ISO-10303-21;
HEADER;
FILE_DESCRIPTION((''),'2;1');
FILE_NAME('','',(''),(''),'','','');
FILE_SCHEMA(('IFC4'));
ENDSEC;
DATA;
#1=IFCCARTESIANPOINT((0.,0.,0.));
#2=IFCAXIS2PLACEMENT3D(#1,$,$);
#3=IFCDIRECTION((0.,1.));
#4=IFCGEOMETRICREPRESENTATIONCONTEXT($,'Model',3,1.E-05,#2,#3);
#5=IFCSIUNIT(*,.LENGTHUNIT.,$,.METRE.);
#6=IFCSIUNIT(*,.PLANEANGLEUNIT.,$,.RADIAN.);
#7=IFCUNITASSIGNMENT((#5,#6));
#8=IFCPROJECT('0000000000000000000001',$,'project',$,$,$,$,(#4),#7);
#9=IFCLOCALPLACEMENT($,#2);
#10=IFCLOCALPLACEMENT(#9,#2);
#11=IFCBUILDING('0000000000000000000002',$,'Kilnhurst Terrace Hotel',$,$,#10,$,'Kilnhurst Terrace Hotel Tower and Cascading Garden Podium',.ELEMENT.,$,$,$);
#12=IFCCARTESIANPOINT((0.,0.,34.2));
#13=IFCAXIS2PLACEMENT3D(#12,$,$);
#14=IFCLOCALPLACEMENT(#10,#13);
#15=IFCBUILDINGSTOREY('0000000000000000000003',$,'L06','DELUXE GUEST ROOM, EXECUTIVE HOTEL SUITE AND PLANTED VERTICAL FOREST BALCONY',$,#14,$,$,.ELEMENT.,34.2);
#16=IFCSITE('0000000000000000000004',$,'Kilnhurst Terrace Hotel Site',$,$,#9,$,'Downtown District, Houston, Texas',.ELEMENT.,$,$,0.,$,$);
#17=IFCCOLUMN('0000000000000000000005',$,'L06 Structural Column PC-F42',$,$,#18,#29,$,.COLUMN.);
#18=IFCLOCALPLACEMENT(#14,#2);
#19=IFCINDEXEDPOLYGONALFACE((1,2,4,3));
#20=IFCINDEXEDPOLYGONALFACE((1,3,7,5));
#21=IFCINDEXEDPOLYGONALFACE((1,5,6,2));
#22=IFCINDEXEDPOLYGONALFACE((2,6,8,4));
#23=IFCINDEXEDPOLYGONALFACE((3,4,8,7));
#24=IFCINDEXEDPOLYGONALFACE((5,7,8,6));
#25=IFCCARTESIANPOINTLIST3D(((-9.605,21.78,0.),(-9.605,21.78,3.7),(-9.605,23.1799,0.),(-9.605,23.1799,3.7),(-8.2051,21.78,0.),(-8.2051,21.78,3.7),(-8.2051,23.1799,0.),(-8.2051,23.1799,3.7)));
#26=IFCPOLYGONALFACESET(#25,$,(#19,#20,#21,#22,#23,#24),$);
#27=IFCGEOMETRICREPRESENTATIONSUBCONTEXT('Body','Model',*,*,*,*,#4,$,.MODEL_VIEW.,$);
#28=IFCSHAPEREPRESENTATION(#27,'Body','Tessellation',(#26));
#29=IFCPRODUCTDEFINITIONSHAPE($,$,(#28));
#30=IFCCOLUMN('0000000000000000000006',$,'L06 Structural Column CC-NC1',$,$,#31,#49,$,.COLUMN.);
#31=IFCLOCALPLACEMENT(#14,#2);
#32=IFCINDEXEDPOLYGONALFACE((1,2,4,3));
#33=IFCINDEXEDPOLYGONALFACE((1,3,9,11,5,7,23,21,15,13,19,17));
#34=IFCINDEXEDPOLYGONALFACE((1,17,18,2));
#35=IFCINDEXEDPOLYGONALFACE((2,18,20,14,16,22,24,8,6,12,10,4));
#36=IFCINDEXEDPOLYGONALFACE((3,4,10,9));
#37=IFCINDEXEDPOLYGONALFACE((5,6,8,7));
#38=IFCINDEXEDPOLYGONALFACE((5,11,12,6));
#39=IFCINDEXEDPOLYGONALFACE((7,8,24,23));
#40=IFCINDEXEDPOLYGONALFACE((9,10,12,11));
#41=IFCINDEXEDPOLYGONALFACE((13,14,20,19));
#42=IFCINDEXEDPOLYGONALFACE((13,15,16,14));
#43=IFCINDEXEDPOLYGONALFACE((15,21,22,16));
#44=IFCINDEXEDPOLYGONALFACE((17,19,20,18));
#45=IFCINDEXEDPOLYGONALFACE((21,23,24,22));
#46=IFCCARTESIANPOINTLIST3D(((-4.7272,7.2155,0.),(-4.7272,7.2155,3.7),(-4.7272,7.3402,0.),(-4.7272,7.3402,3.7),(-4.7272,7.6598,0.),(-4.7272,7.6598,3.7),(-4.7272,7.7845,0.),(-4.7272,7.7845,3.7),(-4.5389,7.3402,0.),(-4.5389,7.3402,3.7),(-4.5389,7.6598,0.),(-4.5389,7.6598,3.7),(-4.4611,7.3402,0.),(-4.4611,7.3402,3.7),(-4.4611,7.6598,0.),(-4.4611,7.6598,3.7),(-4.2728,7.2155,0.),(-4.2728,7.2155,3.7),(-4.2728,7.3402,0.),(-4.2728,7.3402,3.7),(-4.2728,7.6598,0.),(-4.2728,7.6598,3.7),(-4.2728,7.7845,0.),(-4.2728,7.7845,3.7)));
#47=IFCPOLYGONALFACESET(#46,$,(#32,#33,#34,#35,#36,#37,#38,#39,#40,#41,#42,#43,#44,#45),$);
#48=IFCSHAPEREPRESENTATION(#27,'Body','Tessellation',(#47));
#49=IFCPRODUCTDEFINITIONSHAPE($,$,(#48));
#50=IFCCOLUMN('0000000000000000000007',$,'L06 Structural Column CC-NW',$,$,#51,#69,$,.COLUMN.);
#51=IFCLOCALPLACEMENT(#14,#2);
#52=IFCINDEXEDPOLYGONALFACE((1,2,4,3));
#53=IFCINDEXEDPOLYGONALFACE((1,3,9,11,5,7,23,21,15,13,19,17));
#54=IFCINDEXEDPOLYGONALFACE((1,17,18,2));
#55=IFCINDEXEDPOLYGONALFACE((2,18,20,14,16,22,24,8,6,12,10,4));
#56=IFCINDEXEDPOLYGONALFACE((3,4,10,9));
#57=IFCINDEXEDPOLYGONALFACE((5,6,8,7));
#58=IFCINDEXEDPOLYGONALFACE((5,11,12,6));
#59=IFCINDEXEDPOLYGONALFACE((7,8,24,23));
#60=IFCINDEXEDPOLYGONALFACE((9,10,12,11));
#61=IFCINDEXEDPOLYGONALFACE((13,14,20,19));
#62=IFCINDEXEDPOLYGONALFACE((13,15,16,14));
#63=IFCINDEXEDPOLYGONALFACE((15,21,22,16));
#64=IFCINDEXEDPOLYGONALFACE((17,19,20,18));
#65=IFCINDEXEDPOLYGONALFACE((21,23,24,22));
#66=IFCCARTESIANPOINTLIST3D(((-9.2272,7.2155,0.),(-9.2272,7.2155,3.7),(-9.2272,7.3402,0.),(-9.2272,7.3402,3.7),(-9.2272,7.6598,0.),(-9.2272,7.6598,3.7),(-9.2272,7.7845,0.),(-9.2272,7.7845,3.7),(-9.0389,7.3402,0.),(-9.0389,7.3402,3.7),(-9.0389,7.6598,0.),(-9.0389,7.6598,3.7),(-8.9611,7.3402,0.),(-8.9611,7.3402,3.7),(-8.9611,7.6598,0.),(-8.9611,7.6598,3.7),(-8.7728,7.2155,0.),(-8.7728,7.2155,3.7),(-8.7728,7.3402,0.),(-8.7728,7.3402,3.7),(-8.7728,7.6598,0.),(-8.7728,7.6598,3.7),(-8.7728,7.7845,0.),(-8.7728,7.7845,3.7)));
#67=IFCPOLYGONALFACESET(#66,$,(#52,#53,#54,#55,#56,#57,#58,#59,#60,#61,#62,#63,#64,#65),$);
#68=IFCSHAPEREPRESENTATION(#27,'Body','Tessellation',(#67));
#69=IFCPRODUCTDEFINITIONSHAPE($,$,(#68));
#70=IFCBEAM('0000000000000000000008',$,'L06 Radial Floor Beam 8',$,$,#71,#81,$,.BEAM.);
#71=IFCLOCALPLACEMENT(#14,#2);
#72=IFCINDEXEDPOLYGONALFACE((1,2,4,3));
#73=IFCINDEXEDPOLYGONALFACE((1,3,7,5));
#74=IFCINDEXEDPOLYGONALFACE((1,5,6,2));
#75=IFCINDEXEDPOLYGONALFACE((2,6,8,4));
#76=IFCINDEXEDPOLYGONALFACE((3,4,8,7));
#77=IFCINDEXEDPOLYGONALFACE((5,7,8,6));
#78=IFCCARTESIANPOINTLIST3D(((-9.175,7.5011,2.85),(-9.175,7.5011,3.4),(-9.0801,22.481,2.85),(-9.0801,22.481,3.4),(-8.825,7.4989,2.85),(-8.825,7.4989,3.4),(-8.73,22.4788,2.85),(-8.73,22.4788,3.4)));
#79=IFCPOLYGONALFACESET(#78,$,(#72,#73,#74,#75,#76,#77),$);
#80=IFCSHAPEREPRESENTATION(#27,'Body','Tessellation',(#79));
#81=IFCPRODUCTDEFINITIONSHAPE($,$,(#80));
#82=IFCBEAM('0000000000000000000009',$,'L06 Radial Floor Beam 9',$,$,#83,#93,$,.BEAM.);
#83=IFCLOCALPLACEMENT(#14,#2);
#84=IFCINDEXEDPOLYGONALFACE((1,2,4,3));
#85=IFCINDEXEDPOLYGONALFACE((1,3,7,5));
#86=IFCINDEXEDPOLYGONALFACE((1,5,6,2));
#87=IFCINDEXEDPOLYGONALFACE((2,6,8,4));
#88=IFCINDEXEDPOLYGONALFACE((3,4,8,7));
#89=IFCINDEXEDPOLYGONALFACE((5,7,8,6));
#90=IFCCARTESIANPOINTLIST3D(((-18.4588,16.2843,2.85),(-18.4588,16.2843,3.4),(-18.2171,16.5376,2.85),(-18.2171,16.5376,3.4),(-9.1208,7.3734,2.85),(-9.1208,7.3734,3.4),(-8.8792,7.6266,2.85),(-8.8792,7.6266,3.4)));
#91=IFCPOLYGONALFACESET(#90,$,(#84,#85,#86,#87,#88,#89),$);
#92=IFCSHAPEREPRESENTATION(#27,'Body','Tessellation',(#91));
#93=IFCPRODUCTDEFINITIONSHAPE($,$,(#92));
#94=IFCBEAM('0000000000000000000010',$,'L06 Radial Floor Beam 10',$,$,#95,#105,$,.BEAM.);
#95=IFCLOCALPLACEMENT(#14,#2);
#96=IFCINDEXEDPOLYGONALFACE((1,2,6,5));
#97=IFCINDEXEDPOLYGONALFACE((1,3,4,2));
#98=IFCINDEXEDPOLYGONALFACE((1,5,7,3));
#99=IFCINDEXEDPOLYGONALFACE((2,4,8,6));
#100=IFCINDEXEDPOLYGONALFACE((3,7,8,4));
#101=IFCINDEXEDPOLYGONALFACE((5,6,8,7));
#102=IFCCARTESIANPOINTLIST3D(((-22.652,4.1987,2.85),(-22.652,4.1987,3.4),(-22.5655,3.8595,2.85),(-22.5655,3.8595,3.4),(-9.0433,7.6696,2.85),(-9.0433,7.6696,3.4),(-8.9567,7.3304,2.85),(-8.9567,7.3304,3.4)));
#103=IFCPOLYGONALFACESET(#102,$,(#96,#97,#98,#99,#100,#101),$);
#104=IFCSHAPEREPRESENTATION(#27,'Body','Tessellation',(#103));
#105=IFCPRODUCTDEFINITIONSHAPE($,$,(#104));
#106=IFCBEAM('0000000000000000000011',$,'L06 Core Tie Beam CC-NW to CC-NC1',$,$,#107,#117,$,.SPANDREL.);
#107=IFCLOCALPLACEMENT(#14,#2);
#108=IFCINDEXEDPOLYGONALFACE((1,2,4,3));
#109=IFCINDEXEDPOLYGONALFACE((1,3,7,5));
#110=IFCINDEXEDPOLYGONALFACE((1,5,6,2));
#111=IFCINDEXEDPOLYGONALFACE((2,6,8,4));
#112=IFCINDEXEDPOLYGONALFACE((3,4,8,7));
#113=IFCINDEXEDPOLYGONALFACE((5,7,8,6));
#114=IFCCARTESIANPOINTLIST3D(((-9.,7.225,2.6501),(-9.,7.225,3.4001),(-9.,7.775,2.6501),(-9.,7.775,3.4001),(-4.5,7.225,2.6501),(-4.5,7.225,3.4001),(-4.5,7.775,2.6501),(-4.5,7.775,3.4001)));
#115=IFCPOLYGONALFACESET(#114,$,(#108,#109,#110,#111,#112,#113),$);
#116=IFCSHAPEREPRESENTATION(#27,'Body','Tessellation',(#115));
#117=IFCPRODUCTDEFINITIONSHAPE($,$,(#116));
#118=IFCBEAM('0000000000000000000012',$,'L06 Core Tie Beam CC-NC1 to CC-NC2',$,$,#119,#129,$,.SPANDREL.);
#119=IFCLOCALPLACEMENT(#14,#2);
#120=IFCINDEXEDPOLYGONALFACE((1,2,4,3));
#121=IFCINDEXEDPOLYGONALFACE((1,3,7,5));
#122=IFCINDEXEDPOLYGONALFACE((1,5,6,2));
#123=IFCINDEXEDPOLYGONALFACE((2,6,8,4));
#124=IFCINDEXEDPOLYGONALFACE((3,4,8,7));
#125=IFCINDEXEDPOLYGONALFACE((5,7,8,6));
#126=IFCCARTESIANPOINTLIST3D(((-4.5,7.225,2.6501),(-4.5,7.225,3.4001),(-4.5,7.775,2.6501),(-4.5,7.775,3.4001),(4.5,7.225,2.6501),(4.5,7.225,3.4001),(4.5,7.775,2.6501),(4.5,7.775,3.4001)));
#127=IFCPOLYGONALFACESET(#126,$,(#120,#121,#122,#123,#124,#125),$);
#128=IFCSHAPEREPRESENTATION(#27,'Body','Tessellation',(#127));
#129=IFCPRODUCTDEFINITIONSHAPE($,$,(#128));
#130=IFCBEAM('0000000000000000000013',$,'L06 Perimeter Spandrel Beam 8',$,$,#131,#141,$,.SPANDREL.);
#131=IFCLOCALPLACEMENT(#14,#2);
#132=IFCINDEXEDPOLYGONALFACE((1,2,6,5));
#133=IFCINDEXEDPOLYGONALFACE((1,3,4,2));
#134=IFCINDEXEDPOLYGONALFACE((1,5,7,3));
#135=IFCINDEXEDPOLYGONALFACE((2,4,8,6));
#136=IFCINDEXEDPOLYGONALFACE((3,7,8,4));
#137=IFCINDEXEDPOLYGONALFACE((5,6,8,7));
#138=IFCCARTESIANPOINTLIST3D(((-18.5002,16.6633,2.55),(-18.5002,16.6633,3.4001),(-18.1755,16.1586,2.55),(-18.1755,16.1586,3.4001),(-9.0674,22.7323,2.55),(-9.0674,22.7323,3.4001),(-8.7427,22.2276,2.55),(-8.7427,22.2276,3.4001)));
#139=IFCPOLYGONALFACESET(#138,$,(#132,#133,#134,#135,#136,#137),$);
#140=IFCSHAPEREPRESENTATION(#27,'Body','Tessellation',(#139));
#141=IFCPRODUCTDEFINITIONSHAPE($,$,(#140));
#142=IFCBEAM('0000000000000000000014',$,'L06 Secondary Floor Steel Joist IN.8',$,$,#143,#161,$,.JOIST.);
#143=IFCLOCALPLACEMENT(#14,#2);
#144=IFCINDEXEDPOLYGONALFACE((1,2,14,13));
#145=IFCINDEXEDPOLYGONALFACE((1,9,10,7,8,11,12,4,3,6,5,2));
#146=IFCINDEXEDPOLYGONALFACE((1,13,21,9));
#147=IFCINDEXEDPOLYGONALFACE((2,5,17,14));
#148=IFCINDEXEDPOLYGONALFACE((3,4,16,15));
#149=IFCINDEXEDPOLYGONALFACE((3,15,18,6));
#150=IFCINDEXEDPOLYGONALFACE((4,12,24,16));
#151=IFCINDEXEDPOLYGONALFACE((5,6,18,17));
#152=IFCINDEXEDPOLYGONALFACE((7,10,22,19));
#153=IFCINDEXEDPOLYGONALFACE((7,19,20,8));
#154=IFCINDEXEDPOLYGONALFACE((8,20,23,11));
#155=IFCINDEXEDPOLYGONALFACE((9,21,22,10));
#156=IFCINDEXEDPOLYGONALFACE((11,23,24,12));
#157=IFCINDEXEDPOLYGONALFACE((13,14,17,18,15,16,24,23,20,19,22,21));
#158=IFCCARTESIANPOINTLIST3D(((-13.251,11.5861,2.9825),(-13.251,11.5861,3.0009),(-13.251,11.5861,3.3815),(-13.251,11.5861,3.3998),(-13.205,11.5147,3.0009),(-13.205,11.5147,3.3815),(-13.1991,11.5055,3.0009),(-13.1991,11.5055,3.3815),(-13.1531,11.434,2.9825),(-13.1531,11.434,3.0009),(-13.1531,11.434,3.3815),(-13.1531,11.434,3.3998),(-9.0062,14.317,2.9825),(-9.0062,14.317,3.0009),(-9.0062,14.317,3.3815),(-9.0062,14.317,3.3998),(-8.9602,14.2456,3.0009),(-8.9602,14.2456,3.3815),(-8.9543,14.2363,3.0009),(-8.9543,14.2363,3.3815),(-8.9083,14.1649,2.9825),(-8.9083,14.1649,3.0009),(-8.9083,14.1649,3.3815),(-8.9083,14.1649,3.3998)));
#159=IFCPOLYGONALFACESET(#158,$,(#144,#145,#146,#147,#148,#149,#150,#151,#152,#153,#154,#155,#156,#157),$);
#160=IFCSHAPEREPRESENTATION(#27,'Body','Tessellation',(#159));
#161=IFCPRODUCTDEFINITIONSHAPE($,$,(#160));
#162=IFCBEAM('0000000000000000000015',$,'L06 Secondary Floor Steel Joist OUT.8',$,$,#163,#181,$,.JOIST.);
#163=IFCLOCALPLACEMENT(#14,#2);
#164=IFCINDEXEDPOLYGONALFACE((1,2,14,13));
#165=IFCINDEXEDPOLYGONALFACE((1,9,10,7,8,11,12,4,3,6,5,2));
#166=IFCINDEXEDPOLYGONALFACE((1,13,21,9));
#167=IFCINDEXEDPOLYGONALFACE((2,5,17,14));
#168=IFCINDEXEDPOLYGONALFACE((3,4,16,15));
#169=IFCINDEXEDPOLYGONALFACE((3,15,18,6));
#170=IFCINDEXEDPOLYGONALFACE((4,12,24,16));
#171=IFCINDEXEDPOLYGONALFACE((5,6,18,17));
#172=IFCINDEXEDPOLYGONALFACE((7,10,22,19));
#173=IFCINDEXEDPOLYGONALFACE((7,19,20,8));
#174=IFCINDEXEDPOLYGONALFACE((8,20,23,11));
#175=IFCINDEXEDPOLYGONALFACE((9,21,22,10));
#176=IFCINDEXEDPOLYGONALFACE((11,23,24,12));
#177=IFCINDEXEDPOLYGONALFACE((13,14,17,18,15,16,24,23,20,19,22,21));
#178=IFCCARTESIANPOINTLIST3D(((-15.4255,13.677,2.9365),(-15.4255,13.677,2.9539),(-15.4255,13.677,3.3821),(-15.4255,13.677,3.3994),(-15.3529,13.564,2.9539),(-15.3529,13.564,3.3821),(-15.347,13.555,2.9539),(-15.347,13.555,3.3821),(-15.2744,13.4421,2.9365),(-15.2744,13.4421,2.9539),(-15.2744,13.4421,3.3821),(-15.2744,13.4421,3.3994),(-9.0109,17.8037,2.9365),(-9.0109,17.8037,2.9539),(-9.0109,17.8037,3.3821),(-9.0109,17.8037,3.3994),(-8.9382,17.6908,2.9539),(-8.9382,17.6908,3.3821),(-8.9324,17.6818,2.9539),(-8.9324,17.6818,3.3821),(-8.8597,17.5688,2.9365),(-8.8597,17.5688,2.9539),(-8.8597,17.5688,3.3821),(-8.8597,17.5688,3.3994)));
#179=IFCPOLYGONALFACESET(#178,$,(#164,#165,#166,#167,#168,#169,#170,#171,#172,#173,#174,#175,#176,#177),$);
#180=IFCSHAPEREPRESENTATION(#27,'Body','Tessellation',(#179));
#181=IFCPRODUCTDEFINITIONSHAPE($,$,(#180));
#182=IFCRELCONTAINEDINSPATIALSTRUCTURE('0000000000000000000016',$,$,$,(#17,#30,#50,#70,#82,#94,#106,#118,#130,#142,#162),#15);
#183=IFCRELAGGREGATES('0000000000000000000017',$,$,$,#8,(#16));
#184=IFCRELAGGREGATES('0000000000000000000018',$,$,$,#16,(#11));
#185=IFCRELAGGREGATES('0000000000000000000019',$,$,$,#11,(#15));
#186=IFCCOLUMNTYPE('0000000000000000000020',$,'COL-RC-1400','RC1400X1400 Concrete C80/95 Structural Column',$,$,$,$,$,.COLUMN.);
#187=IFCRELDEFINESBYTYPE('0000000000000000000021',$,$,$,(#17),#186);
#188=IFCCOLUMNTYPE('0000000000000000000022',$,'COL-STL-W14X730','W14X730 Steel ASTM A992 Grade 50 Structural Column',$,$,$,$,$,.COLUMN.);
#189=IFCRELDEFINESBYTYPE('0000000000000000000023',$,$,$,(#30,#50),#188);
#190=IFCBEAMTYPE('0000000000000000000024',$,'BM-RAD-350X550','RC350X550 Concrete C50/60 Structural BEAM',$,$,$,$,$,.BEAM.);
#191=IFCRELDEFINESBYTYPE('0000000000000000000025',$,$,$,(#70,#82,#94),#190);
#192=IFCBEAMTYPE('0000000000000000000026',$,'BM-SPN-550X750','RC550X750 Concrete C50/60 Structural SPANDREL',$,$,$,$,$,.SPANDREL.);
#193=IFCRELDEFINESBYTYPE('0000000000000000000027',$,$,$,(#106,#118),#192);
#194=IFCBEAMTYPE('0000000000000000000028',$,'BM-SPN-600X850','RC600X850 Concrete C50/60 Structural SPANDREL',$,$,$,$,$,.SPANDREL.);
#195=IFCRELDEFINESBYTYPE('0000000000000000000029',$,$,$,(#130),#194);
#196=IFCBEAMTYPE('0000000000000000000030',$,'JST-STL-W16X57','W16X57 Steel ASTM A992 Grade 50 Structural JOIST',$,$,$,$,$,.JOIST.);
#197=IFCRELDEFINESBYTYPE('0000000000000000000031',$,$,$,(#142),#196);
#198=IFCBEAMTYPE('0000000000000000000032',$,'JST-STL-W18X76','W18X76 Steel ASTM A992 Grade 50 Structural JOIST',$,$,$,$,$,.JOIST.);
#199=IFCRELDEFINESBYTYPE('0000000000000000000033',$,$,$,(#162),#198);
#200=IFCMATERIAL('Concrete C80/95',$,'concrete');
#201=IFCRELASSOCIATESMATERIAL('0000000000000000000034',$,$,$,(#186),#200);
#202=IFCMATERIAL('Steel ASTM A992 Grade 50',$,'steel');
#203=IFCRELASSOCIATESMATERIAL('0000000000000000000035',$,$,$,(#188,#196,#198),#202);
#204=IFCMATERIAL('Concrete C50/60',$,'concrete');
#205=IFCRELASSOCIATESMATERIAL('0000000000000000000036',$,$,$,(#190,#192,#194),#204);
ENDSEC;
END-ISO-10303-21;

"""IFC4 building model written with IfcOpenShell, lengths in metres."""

from ifc_helpers import new_model, si_unit, direction, frame, origin, origin_2d, place, context, subcontext, project, spatial, rectangle, i_section, extrude, material, material_profile, profile_set, type_object, element, save


model = new_model("IFC4")

# Units and contexts
model_context = context("Model", 3, precision=1e-05, world=origin(), true_north=direction((0.0, 1.0)))
body_context = subcontext(model_context, "Body", "Model", "MODEL_VIEW")
ifc_project = project(units=[si_unit("LENGTHUNIT", "METRE"), si_unit("PLANEANGLEUNIT", "RADIAN")], contexts=[model_context])

# Site, building, storey
site_placement = place(None, origin())
site = spatial("IfcSite", under=ifc_project, at=site_placement, Name="Kilnhurst Terrace Hotel Site", LongName="Downtown District, Houston, Texas", CompositionType="ELEMENT", RefElevation=0.0)
building_placement = place(site_placement, origin())
building = spatial("IfcBuilding", under=site, at=building_placement, Name="Kilnhurst Terrace Hotel", LongName="Kilnhurst Terrace Hotel Tower and Cascading Garden Podium", CompositionType="ELEMENT")
storey_placement = place(building_placement, frame((0.0, 0.0, 34.2)))
storey = spatial("IfcBuildingStorey", under=building, at=storey_placement, Name="L06", Description="DELUXE GUEST ROOM, EXECUTIVE HOTEL SUITE AND PLANTED VERTICAL FOREST BALCONY", CompositionType="ELEMENT", Elevation=34.2)

# Columns
ifc_material_1 = material(Name="Concrete C80/95", Category="concrete")
ifc_material_profile_1 = material_profile(ifc_material_1, rectangle(XDim=1.3999, YDim=1.3999, at=origin_2d()), Name="RC1400X1400")
ifc_profile_set_1 = profile_set([ifc_material_profile_1], Name="Concrete C80/95")
column_type_1 = type_object("IfcColumnType", Name="COL-RC-1400", Description="RC1400X1400 Concrete C80/95 Structural Column", PredefinedType="COLUMN", material=ifc_profile_set_1)
column_placement = place(storey_placement, frame((-8.905, 22.48, 0.0), z_axis=(0.0, 0.0, 1.0), x_axis=(1.0, 0.0, 0.0)))
element("IfcColumn", 1, at=column_placement, inside=storey, type_object=column_type_1, Name="L06 Structural Column PC-F42", PredefinedType="COLUMN", context=body_context, shape_type="SweptSolid", body=[
    extrude(rectangle(XDim=1.3999, YDim=1.3999, at=origin_2d()), origin(), (0.0, 0.0, 1.0), 3.7),
])
ifc_material_2 = material(Name="Steel ASTM A992 Grade 50", Category="steel")
ifc_material_profile_2 = material_profile(ifc_material_2, i_section(OverallWidth=0.4543, OverallDepth=0.5691, WebThickness=0.0779, FlangeThickness=0.1248, at=origin_2d()), Name="W14X730")
ifc_profile_set_2 = profile_set([ifc_material_profile_2], Name="Steel ASTM A992 Grade 50")
column_type_2 = type_object("IfcColumnType", Name="COL-STL-W14X730", Description="W14X730 Steel ASTM A992 Grade 50 Structural Column", PredefinedType="COLUMN", material=ifc_profile_set_2)
for number, where, z_axis, x_axis, name in (
    (2, (-4.5, 7.5, 0.0), (0.0, 0.0, 1.0), (1.0, 0.0, 0.0), "L06 Structural Column CC-NC1"),
    (3, (-9.0, 7.5, 0.0), (0.0, 0.0, 1.0), (1.0, 0.0, 0.0), "L06 Structural Column CC-NW"),
):
    element("IfcColumn", number, at=place(storey_placement, frame(where, z_axis=z_axis, x_axis=x_axis)), inside=storey, type_object=column_type_2, Name=name, PredefinedType="COLUMN", context=body_context, shape_type="SweptSolid", body=[
        extrude(i_section(OverallWidth=0.4543, OverallDepth=0.5691, WebThickness=0.0779, FlangeThickness=0.1248, at=origin_2d()), origin(), (0.0, 0.0, 1.0), 3.7),
    ])

# Beams
ifc_material_3 = material(Name="Concrete C50/60", Category="concrete")
ifc_material_profile_3 = material_profile(ifc_material_3, rectangle(XDim=0.3501, YDim=0.55, at=origin_2d()), Name="RC350X550")
ifc_profile_set_3 = profile_set([ifc_material_profile_3], Name="Concrete C50/60")
beam_type_1 = type_object("IfcBeamType", Name="BM-RAD-350X550", Description="RC350X550 Concrete C50/60 Structural BEAM", PredefinedType="BEAM", material=ifc_profile_set_3)
beam_1_placement = place(storey_placement, frame((-9.0, 7.5, 3.125), z_axis=(0.00634, 0.99998, 0.0), x_axis=(-0.99998, 0.00634, 0.0)))
element("IfcBeam", 4, at=beam_1_placement, inside=storey, type_object=beam_type_1, Name="L06 Radial Floor Beam 8", PredefinedType="BEAM", context=body_context, shape_type="SweptSolid", body=[
    extrude(rectangle(XDim=0.3501, YDim=0.55, at=origin_2d()), origin(), (0.0, 0.0, 1.0), 14.9802),
])
beam_2_placement = place(storey_placement, frame((-9.0, 7.5, 3.125), z_axis=(-0.723454, 0.690372, 0.0), x_axis=(-0.690372, -0.723454, 0.0)))
element("IfcBeam", 5, at=beam_2_placement, inside=storey, type_object=beam_type_1, Name="L06 Radial Floor Beam 9", PredefinedType="BEAM", context=body_context, shape_type="SweptSolid", body=[
    extrude(rectangle(XDim=0.3501, YDim=0.55, at=origin_2d()), origin(), (0.0, 0.0, 1.0), 12.9075),
])
beam_3_placement = place(storey_placement, frame((-9.0, 7.5, 3.125), z_axis=(-0.96898, -0.247138, 0.0), x_axis=(0.247138, -0.96898, 0.0)))
element("IfcBeam", 6, at=beam_3_placement, inside=storey, type_object=beam_type_1, Name="L06 Radial Floor Beam 10", PredefinedType="BEAM", context=body_context, shape_type="SweptSolid", body=[
    extrude(rectangle(XDim=0.3501, YDim=0.55, at=origin_2d()), origin(), (0.0, 0.0, 1.0), 14.0444),
])
ifc_material_profile_4 = material_profile(ifc_material_3, rectangle(XDim=0.55, YDim=0.75, at=origin_2d()), Name="RC550X750")
ifc_profile_set_4 = profile_set([ifc_material_profile_4], Name="Concrete C50/60")
beam_type_2 = type_object("IfcBeamType", Name="BM-SPN-550X750", Description="RC550X750 Concrete C50/60 Structural SPANDREL", PredefinedType="SPANDREL", material=ifc_profile_set_4)
beam_4_placement = place(storey_placement, frame((-9.0, 7.5, 3.0251), z_axis=(1.0, 0.0, 0.0), x_axis=(0.0, 1.0, 0.0)))
element("IfcBeam", 7, at=beam_4_placement, inside=storey, type_object=beam_type_2, Name="L06 Core Tie Beam CC-NW to CC-NC1", PredefinedType="SPANDREL", context=body_context, shape_type="SweptSolid", body=[
    extrude(rectangle(XDim=0.55, YDim=0.75, at=origin_2d()), origin(), (0.0, 0.0, 1.0), 4.5),
])
beam_5_placement = place(storey_placement, frame((-4.5, 7.5, 3.0251), z_axis=(1.0, 0.0, 0.0), x_axis=(0.0, 1.0, 0.0)))
element("IfcBeam", 8, at=beam_5_placement, inside=storey, type_object=beam_type_2, Name="L06 Core Tie Beam CC-NC1 to CC-NC2", PredefinedType="SPANDREL", context=body_context, shape_type="SweptSolid", body=[
    extrude(rectangle(XDim=0.55, YDim=0.75, at=origin_2d()), origin(), (0.0, 0.0, 1.0), 9.0),
])
ifc_material_profile_5 = material_profile(ifc_material_3, rectangle(XDim=0.6001, YDim=0.8501, at=origin_2d()), Name="RC600X850")
ifc_profile_set_5 = profile_set([ifc_material_profile_5], Name="Concrete C50/60")
beam_type_3 = type_object("IfcBeamType", Name="BM-SPN-600X850", Description="RC600X850 Concrete C50/60 Structural SPANDREL", PredefinedType="SPANDREL", material=ifc_profile_set_5)
beam_6_placement = place(storey_placement, frame((-8.905, 22.48, 2.9751), z_axis=(-0.840971, -0.54108, 0.0), x_axis=(0.54108, -0.840971, 0.0)))
element("IfcBeam", 9, at=beam_6_placement, inside=storey, type_object=beam_type_3, Name="L06 Perimeter Spandrel Beam 8", PredefinedType="SPANDREL", context=body_context, shape_type="SweptSolid", body=[
    extrude(rectangle(XDim=0.6001, YDim=0.8501, at=origin_2d()), origin(), (0.0, 0.0, 1.0), 11.2166),
])
ifc_material_profile_6 = material_profile(ifc_material_2, i_section(OverallWidth=0.1809, OverallDepth=0.4172, WebThickness=0.011, FlangeThickness=0.0183, at=origin_2d()), Name="W16X57")
ifc_profile_set_6 = profile_set([ifc_material_profile_6], Name="Steel ASTM A992 Grade 50")
beam_type_4 = type_object("IfcBeamType", Name="JST-STL-W16X57", Description="W16X57 Steel ASTM A992 Grade 50 Structural JOIST", PredefinedType="JOIST", material=ifc_profile_set_6)
beam_7_placement = place(storey_placement, frame((-8.9573, 14.241, 3.1912), z_axis=(-0.840988, -0.541053, 0.0), x_axis=(0.541053, -0.840988, 0.0)))
element("IfcBeam", 10, at=beam_7_placement, inside=storey, type_object=beam_type_4, Name="L06 Secondary Floor Steel Joist IN.8", PredefinedType="JOIST", context=body_context, shape_type="SweptSolid", body=[
    extrude(i_section(OverallWidth=0.1809, OverallDepth=0.4172, WebThickness=0.011, FlangeThickness=0.0183, at=origin_2d()), origin(), (0.0, 0.0, 1.0), 5.0474),
])
ifc_material_profile_7 = material_profile(ifc_material_2, i_section(OverallWidth=0.2793, OverallDepth=0.4629, WebThickness=0.0107, FlangeThickness=0.0173, at=origin_2d()), Name="W18X76")
ifc_profile_set_7 = profile_set([ifc_material_profile_7], Name="Steel ASTM A992 Grade 50")
beam_type_5 = type_object("IfcBeamType", Name="JST-STL-W18X76", Description="W18X76 Steel ASTM A992 Grade 50 Structural JOIST", PredefinedType="JOIST", material=ifc_profile_set_7)
beam_8_placement = place(storey_placement, frame((-8.9353, 17.6863, 3.168), z_axis=(-0.840995, -0.541042, 0.0), x_axis=(0.541042, -0.840995, 0.0)))
element("IfcBeam", 11, at=beam_8_placement, inside=storey, type_object=beam_type_5, Name="L06 Secondary Floor Steel Joist OUT.8", PredefinedType="JOIST", context=body_context, shape_type="SweptSolid", body=[
    extrude(i_section(OverallWidth=0.2793, OverallDepth=0.4629, WebThickness=0.0107, FlangeThickness=0.0173, at=origin_2d()), origin(), (0.0, 0.0, 1.0), 7.6274),
])

save(model, "model.ifc")
